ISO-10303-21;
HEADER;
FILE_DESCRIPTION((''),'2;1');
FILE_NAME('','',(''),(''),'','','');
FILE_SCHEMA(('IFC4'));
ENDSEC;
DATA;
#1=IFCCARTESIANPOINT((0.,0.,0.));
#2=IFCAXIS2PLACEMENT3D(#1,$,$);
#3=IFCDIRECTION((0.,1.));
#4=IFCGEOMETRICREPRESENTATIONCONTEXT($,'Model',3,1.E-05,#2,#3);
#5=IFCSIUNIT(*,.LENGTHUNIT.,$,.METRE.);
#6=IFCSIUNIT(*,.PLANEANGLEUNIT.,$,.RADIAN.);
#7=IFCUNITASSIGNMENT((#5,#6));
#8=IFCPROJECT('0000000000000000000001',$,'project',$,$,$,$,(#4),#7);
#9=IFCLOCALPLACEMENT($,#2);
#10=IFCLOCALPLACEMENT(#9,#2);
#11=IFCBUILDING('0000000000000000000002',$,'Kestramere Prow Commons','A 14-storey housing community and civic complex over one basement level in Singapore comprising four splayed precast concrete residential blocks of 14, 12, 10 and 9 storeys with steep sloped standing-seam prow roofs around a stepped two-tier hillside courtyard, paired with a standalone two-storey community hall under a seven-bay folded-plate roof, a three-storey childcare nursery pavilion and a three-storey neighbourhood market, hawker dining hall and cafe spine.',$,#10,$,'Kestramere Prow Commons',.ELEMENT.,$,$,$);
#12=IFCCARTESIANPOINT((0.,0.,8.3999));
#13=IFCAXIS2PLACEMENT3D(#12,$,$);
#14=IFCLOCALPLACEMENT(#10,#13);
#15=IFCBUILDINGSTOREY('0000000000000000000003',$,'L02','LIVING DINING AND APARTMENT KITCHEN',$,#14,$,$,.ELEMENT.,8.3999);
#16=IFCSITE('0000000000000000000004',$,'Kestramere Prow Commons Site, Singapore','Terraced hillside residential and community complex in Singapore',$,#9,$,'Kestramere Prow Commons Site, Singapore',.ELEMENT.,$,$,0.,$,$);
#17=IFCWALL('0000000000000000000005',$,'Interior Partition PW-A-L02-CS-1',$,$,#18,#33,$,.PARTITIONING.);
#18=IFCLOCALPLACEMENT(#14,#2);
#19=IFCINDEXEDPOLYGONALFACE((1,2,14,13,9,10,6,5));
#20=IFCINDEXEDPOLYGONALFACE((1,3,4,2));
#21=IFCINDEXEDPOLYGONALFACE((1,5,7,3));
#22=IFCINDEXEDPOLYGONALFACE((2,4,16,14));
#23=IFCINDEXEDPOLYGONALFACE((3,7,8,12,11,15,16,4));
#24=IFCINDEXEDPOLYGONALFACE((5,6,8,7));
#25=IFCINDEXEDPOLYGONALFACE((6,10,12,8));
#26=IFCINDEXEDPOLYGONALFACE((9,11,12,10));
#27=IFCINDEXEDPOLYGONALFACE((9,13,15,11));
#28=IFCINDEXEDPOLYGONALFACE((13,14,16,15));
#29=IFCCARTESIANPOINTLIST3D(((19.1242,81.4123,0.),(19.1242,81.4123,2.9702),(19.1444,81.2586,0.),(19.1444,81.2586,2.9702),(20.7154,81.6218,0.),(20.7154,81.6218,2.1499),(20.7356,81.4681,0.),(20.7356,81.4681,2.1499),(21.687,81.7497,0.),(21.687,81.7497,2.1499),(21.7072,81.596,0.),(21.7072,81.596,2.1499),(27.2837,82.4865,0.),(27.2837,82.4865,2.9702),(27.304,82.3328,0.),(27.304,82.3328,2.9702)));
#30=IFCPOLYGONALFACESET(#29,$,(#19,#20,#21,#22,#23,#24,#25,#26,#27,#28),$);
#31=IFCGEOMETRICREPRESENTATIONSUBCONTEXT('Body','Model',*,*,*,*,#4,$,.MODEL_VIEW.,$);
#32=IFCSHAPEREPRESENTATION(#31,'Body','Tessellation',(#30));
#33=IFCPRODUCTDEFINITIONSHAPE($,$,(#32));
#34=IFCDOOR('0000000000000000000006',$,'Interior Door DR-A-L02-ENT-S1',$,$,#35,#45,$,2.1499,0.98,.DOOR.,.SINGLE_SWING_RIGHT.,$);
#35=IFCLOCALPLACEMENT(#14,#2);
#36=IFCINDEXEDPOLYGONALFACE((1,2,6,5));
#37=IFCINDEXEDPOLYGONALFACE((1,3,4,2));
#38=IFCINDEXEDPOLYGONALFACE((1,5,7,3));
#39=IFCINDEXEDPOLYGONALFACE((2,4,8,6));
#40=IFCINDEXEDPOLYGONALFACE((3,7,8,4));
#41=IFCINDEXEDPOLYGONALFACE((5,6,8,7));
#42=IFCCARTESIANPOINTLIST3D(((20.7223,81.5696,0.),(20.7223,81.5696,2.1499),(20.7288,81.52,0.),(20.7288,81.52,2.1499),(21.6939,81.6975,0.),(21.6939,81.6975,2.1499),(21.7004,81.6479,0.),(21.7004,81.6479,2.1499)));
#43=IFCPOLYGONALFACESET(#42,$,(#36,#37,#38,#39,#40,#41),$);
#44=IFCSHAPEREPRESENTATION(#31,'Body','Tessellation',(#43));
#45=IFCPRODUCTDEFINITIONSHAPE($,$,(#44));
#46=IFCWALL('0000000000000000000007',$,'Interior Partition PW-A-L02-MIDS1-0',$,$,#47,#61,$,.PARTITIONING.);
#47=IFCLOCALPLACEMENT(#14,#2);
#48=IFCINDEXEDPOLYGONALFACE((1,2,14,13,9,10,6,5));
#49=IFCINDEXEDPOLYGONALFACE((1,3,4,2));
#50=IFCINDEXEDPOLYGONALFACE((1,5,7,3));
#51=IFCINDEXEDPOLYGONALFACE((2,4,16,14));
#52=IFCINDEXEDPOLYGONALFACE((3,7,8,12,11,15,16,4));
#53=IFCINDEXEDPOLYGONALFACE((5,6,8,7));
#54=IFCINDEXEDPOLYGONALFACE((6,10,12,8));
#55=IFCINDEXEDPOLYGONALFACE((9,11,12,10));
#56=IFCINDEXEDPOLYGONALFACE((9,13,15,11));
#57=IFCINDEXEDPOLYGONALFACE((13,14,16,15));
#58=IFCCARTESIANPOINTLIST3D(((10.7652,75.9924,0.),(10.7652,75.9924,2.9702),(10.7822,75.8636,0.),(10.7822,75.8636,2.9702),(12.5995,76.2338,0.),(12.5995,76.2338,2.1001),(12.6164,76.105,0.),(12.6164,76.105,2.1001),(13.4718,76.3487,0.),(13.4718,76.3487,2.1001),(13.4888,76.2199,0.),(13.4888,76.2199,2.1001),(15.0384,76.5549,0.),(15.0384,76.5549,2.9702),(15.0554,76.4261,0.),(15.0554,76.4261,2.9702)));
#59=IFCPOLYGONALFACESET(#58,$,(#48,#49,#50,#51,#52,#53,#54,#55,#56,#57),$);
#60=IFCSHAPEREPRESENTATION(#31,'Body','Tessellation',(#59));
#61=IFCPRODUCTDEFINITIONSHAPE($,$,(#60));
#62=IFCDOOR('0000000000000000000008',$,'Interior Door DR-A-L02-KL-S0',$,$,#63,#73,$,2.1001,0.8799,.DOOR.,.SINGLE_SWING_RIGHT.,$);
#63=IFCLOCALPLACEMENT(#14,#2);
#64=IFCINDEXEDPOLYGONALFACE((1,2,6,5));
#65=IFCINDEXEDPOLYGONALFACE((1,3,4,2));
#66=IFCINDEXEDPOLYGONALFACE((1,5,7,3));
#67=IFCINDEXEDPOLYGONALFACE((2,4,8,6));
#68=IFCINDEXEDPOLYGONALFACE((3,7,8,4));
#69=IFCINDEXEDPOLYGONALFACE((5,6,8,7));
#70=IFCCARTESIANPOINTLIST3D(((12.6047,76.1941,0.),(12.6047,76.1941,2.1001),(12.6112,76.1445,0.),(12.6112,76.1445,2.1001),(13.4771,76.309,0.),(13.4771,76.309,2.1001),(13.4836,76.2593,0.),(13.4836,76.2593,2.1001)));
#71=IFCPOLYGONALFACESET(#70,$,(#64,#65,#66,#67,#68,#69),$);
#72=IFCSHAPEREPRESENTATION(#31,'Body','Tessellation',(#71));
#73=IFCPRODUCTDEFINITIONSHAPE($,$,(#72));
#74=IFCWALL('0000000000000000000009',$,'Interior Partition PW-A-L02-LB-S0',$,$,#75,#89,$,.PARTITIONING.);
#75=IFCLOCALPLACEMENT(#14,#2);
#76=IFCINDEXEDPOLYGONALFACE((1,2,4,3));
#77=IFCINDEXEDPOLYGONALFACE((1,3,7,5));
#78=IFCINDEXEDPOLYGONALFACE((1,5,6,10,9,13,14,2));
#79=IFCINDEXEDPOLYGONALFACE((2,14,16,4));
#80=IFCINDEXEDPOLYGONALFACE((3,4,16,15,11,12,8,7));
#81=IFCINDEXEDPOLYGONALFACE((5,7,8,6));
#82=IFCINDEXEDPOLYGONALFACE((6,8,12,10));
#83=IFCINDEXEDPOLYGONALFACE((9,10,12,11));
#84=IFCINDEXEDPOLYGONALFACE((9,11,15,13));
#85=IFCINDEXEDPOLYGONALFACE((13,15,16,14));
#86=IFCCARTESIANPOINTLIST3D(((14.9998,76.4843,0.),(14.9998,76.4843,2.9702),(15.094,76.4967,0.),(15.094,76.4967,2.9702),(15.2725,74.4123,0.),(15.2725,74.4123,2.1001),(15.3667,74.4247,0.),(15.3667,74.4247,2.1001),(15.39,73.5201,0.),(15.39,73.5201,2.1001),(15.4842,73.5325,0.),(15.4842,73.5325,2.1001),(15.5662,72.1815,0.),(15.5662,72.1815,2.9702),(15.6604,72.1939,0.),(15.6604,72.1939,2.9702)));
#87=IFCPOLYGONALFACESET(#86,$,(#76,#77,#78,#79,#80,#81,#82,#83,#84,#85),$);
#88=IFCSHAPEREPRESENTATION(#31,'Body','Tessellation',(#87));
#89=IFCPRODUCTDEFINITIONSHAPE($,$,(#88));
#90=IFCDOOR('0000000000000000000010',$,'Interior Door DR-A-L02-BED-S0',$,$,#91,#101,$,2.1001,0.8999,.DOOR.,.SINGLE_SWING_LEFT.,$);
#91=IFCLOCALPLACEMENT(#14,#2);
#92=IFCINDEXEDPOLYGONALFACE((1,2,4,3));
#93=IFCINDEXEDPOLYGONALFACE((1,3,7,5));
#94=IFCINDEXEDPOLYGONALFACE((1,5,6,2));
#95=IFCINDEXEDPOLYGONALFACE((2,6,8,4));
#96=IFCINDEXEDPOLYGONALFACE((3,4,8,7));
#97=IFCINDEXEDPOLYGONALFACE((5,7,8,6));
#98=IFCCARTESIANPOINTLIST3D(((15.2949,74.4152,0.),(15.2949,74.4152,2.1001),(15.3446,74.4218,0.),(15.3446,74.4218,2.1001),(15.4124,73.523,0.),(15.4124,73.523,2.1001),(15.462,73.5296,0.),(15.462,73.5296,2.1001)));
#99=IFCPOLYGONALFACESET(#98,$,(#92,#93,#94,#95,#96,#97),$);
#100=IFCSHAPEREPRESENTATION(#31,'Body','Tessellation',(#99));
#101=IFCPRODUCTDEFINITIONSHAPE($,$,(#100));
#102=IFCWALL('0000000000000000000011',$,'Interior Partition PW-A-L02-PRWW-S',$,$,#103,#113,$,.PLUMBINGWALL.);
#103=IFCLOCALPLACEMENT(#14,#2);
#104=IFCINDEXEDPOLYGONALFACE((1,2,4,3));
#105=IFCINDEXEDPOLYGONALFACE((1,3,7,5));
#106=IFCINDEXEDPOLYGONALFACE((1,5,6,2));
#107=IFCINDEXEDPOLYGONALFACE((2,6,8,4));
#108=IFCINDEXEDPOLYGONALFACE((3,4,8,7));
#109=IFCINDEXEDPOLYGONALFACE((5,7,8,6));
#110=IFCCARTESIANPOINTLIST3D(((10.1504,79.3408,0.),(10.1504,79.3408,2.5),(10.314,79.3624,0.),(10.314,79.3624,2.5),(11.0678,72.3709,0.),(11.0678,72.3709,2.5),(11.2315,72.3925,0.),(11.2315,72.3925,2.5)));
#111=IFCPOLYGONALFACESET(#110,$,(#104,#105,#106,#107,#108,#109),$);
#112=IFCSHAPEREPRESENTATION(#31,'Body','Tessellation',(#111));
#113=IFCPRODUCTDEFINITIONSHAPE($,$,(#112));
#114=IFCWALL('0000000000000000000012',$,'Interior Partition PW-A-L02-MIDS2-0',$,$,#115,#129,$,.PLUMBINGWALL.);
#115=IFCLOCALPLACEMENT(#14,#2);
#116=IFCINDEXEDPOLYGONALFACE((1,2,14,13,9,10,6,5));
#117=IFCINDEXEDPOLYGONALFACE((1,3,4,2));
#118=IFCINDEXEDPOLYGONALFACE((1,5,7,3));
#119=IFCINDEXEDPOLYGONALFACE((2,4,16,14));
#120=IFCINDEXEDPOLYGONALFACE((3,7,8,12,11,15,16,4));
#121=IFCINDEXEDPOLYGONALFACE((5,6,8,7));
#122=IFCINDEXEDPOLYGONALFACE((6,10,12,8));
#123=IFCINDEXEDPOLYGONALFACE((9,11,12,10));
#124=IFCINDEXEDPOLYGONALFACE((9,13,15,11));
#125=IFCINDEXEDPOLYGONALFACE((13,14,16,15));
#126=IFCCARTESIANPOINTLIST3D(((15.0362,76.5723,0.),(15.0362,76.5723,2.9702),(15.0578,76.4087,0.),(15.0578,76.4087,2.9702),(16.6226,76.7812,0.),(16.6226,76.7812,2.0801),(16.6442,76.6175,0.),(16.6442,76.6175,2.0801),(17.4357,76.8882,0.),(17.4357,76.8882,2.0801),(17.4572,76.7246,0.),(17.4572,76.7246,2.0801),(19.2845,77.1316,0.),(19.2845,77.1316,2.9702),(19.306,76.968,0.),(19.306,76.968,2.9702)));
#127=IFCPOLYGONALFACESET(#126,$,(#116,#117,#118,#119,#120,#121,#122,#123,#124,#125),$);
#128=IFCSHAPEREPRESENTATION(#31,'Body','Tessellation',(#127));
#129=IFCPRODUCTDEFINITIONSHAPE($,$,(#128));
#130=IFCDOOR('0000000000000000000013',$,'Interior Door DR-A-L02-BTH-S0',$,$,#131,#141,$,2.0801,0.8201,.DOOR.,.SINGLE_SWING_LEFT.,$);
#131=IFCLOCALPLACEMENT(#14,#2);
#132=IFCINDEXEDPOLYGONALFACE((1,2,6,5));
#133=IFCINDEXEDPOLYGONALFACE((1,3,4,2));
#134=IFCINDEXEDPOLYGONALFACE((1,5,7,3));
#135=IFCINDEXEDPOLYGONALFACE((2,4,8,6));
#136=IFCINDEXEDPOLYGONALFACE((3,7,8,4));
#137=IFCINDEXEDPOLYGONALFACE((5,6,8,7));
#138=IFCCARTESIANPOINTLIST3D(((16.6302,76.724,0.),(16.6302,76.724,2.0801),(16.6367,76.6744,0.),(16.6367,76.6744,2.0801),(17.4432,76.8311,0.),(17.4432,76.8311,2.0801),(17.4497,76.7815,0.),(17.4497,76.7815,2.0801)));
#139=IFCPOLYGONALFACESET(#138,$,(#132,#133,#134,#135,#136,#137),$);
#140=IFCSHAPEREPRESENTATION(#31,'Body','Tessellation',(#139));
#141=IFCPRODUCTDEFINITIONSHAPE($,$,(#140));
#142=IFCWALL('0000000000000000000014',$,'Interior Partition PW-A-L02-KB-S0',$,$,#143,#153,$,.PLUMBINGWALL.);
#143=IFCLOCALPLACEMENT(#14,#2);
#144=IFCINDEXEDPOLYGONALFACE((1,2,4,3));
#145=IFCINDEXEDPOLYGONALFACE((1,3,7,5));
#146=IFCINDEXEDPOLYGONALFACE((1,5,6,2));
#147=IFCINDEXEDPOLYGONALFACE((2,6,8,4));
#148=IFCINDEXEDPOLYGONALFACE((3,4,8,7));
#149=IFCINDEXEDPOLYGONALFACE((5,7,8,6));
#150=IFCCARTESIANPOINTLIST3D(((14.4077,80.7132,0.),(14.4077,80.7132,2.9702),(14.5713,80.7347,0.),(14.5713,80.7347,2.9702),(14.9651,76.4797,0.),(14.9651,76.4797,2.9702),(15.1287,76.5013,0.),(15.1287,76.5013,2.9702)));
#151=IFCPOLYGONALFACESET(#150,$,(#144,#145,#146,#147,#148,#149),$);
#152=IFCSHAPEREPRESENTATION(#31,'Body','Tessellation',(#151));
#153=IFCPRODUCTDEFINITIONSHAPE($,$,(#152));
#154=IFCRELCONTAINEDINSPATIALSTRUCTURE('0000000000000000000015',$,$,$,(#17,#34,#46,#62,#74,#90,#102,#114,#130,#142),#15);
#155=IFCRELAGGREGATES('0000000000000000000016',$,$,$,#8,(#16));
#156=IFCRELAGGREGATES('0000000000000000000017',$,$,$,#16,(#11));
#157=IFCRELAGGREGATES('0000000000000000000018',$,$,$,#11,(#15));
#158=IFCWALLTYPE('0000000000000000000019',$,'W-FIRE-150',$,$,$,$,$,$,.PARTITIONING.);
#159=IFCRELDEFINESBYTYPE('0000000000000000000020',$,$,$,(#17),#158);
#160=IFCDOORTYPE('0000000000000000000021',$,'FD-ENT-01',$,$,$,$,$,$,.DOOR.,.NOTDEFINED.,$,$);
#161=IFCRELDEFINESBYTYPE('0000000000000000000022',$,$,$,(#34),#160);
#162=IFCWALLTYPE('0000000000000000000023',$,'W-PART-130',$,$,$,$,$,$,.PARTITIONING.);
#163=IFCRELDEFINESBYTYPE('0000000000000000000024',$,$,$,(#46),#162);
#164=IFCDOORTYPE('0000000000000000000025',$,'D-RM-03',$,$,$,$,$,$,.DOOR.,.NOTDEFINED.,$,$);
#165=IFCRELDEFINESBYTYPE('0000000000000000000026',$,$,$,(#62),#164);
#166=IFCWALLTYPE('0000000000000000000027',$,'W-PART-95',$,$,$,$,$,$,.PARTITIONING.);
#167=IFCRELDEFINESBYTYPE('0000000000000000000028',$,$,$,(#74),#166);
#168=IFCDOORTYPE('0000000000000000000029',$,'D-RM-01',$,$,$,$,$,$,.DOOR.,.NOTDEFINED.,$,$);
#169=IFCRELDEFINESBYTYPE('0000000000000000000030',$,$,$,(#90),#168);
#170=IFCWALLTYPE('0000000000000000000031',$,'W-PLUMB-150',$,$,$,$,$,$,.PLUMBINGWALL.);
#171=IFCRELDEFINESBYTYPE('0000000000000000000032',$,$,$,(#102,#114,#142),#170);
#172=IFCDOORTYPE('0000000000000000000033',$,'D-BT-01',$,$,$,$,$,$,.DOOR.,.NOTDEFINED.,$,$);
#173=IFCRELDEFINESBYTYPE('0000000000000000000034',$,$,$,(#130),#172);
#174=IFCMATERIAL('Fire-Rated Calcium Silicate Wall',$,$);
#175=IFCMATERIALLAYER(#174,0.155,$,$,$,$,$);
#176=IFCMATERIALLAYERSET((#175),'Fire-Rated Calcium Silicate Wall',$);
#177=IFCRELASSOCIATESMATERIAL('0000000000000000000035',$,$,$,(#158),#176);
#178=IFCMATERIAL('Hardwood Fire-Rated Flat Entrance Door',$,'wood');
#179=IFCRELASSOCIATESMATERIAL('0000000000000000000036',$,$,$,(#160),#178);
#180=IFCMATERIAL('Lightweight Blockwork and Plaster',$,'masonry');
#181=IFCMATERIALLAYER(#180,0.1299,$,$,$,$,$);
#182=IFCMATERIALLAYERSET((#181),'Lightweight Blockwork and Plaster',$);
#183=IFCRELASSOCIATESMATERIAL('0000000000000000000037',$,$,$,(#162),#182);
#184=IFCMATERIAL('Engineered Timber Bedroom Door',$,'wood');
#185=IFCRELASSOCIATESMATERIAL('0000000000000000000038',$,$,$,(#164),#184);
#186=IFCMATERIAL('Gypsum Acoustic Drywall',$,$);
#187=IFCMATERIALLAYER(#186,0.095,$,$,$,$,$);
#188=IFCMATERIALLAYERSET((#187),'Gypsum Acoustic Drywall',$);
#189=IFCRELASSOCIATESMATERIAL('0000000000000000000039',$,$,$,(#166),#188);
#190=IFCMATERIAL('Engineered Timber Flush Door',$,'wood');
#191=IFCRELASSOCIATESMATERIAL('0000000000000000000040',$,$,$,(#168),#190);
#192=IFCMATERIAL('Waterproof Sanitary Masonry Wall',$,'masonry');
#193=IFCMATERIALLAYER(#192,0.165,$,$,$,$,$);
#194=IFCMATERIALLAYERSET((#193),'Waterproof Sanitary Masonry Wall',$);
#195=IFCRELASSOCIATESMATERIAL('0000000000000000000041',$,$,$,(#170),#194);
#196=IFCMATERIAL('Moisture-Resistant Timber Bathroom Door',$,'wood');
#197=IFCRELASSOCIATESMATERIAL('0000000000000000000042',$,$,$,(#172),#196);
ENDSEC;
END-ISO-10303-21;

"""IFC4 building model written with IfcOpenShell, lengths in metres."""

from ifc_helpers import new_model, si_unit, direction, frame, frame_2d, origin, place, context, subcontext, project, spatial, rectangle, extrude, material, layer, layer_set, type_object, element, fill, save


model = new_model("IFC4")

# Units and contexts
model_context = context("Model", 3, precision=1e-05, world=origin(), true_north=direction((0.0, 1.0)))
body_context = subcontext(model_context, "Body", "Model", "MODEL_VIEW")
ifc_project = project(units=[si_unit("LENGTHUNIT", "METRE"), si_unit("PLANEANGLEUNIT", "RADIAN")], contexts=[model_context])

# Site, building, storey
site_placement = place(None, origin())
site = spatial("IfcSite", under=ifc_project, at=site_placement, Name="Kestramere Prow Commons Site, Singapore", Description="Terraced hillside residential and community complex in Singapore", LongName="Kestramere Prow Commons Site, Singapore", CompositionType="ELEMENT", RefElevation=0.0)
building_placement = place(site_placement, origin())
building = spatial("IfcBuilding", under=site, at=building_placement, Name="Kestramere Prow Commons", Description="A 14-storey housing community and civic complex over one basement level in Singapore comprising four splayed precast concrete residential blocks of 14, 12, 10 and 9 storeys with steep sloped standing-seam prow roofs around a stepped two-tier hillside courtyard, paired with a standalone two-storey community hall under a seven-bay folded-plate roof, a three-storey childcare nursery pavilion and a three-storey neighbourhood market, hawker dining hall and cafe spine.", LongName="Kestramere Prow Commons", CompositionType="ELEMENT")
storey_placement = place(building_placement, frame((0.0, 0.0, 8.3999)))
storey = spatial("IfcBuildingStorey", under=building, at=storey_placement, Name="L02", Description="LIVING DINING AND APARTMENT KITCHEN", CompositionType="ELEMENT", Elevation=8.3999)

# Walls, openings, doors
ifc_material_1 = material(Name="Fire-Rated Calcium Silicate Wall")
ifc_layer_1 = layer(ifc_material_1, 0.155)
ifc_layer_set_1 = layer_set([ifc_layer_1], Name="Fire-Rated Calcium Silicate Wall")
wall_type_1 = type_object("IfcWallType", Name="W-FIRE-150", PredefinedType="PARTITIONING", material=ifc_layer_set_1)
wall_1_placement = place(storey_placement, frame((19.1343, 81.3354, 0.0), z_axis=(0.0, 0.0, 1.0), x_axis=(0.991445, 0.130524, 0.0)))
wall_1 = element("IfcWall", 1, at=wall_1_placement, inside=storey, type_object=wall_type_1, Name="Interior Partition PW-A-L02-CS-1", PredefinedType="PARTITIONING", context=body_context, shape_type="SweptSolid", body=[
    extrude(rectangle(XDim=8.23, YDim=0.155, at=frame_2d((4.115, 0.0))), origin(), (0.0, 0.0, 1.0), 2.9702),
])
opening_1_placement = place(wall_1_placement, frame((1.605, 0.0, 0.0)))
opening_1 = element("IfcOpeningElement", 2, at=opening_1_placement, cuts=wall_1, PredefinedType="OPENING", context=body_context, shape_type="SweptSolid", body=[
    extrude(rectangle(XDim=0.98, YDim=2.1499, at=frame_2d((0.49, 1.075))), frame((0.0, 0.0925, 0.0), z_axis=(0.0, -1.0, 0.0), x_axis=(1.0, 0.0, 0.0)), (0.0, 0.0, 1.0), 0.1851),
])
ifc_material_2 = material(Name="Hardwood Fire-Rated Flat Entrance Door", Category="wood")
door_type_1 = type_object("IfcDoorType", Name="FD-ENT-01", OperationType="NOTDEFINED", PredefinedType="DOOR", material=ifc_material_2)
door_1_placement = place(opening_1_placement, origin())
door_1 = element("IfcDoor", 3, at=door_1_placement, inside=storey, type_object=door_type_1, Name="Interior Door DR-A-L02-ENT-S1", OperationType="SINGLE_SWING_RIGHT", OverallHeight=2.1499, OverallWidth=0.98, PredefinedType="DOOR", context=body_context, shape_type="SweptSolid", body=[
    extrude(rectangle(XDim=0.98, YDim=2.1499, at=frame_2d((0.49, 1.075))), frame((0.0, 0.0249, 0.0), z_axis=(0.0, -1.0, 0.0), x_axis=(1.0, 0.0, 0.0)), (0.0, 0.0, 1.0), 0.05),
])
fill(opening_1, door_1)
ifc_material_3 = material(Name="Lightweight Blockwork and Plaster", Category="masonry")
ifc_layer_2 = layer(ifc_material_3, 0.1299)
ifc_layer_set_2 = layer_set([ifc_layer_2], Name="Lightweight Blockwork and Plaster")
wall_type_2 = type_object("IfcWallType", Name="W-PART-130", PredefinedType="PARTITIONING", material=ifc_layer_set_2)
wall_2_placement = place(storey_placement, frame((10.7737, 75.928, 0.0), z_axis=(0.0, 0.0, 1.0), x_axis=(0.991447, 0.130509, 0.0)))
wall_2 = element("IfcWall", 4, at=wall_2_placement, inside=storey, type_object=wall_type_2, Name="Interior Partition PW-A-L02-MIDS1-0", PredefinedType="PARTITIONING", context=body_context, shape_type="SweptSolid", body=[
    extrude(rectangle(XDim=4.3101, YDim=0.1299, at=frame_2d((2.155, 0.0))), origin(), (0.0, 0.0, 1.0), 2.9702),
])
opening_2_placement = place(wall_2_placement, frame((1.8501, 0.0, 0.0)))
opening_2 = element("IfcOpeningElement", 5, at=opening_2_placement, cuts=wall_2, PredefinedType="OPENING", context=body_context, shape_type="SweptSolid", body=[
    extrude(rectangle(XDim=0.8799, YDim=2.1001, at=frame_2d((0.4399, 1.05))), frame((0.0, 0.0798, 0.0), z_axis=(0.0, -1.0, 0.0), x_axis=(1.0, 0.0, 0.0)), (0.0, 0.0, 1.0), 0.1599),
])
ifc_material_4 = material(Name="Engineered Timber Bedroom Door", Category="wood")
door_type_2 = type_object("IfcDoorType", Name="D-RM-03", OperationType="NOTDEFINED", PredefinedType="DOOR", material=ifc_material_4)
door_2_placement = place(opening_2_placement, origin())
door_2 = element("IfcDoor", 6, at=door_2_placement, inside=storey, type_object=door_type_2, Name="Interior Door DR-A-L02-KL-S0", OperationType="SINGLE_SWING_RIGHT", OverallHeight=2.1001, OverallWidth=0.8799, PredefinedType="DOOR", context=body_context, shape_type="SweptSolid", body=[
    extrude(rectangle(XDim=0.8799, YDim=2.1001, at=frame_2d((0.4399, 1.05))), frame((0.0, 0.0249, 0.0), z_axis=(0.0, -1.0, 0.0), x_axis=(1.0, 0.0, 0.0)), (0.0, 0.0, 1.0), 0.05),
])
fill(opening_2, door_2)
ifc_material_5 = material(Name="Gypsum Acoustic Drywall")
ifc_layer_3 = layer(ifc_material_5, 0.095)
ifc_layer_set_3 = layer_set([ifc_layer_3], Name="Gypsum Acoustic Drywall")
wall_type_3 = type_object("IfcWallType", Name="W-PART-95", PredefinedType="PARTITIONING", material=ifc_layer_set_3)
wall_3_placement = place(storey_placement, frame((15.6133, 72.1877, 0.0), z_axis=(0.0, 0.0, 1.0), x_axis=(-0.130513, 0.991447, 0.0)))
wall_3 = element("IfcWall", 7, at=wall_3_placement, inside=storey, type_object=wall_type_3, Name="Interior Partition PW-A-L02-LB-S0", PredefinedType="PARTITIONING", context=body_context, shape_type="SweptSolid", body=[
    extrude(rectangle(XDim=4.3398, YDim=0.095, at=frame_2d((2.1699, 0.0))), origin(), (0.0, 0.0, 1.0), 2.9702),
])
opening_3_placement = place(wall_3_placement, frame((1.3501, 0.0, 0.0)))
opening_3 = element("IfcOpeningElement", 8, at=opening_3_placement, cuts=wall_3, PredefinedType="OPENING", context=body_context, shape_type="SweptSolid", body=[
    extrude(rectangle(XDim=0.8999, YDim=2.1001, at=frame_2d((0.45, 1.05))), frame((0.0, 0.0625, 0.0), z_axis=(0.0, -1.0, 0.0), x_axis=(1.0, 0.0, 0.0)), (0.0, 0.0, 1.0), 0.125),
])
ifc_material_6 = material(Name="Engineered Timber Flush Door", Category="wood")
door_type_3 = type_object("IfcDoorType", Name="D-RM-01", OperationType="NOTDEFINED", PredefinedType="DOOR", material=ifc_material_6)
door_3_placement = place(opening_3_placement, origin())
door_3 = element("IfcDoor", 9, at=door_3_placement, inside=storey, type_object=door_type_3, Name="Interior Door DR-A-L02-BED-S0", OperationType="SINGLE_SWING_LEFT", OverallHeight=2.1001, OverallWidth=0.8999, PredefinedType="DOOR", context=body_context, shape_type="SweptSolid", body=[
    extrude(rectangle(XDim=0.8999, YDim=2.1001, at=frame_2d((0.45, 1.05))), frame((0.0, 0.0249, 0.0), z_axis=(0.0, -1.0, 0.0), x_axis=(1.0, 0.0, 0.0)), (0.0, 0.0, 1.0), 0.05),
])
fill(opening_3, door_3)

# Wall
ifc_material_7 = material(Name="Waterproof Sanitary Masonry Wall", Category="masonry")
ifc_layer_4 = layer(ifc_material_7, 0.165)
ifc_layer_set_4 = layer_set([ifc_layer_4], Name="Waterproof Sanitary Masonry Wall")
wall_type_4 = type_object("IfcWallType", Name="W-PLUMB-150", PredefinedType="PLUMBINGWALL", material=ifc_layer_set_4)
wall_4_placement = place(storey_placement, frame((11.1497, 72.3816, 0.0), z_axis=(0.0, 0.0, 1.0), x_axis=(-0.130508, 0.991447, 0.0)))
element("IfcWall", 10, at=wall_4_placement, inside=storey, type_object=wall_type_4, Name="Interior Partition PW-A-L02-PRWW-S", PredefinedType="PLUMBINGWALL", context=body_context, shape_type="SweptSolid", body=[
    extrude(rectangle(XDim=7.03, YDim=0.165, at=frame_2d((3.5151, 0.0))), origin(), (0.0, 0.0, 1.0), 2.5),
])

# Wall, opening, door
wall_5_placement = place(storey_placement, frame((15.0469, 76.4905, 0.0), z_axis=(0.0, 0.0, 1.0), x_axis=(0.991444, 0.130533, 0.0)))
wall_5 = element("IfcWall", 11, at=wall_5_placement, inside=storey, type_object=wall_type_4, Name="Interior Partition PW-A-L02-MIDS2-0", PredefinedType="PLUMBINGWALL", context=body_context, shape_type="SweptSolid", body=[
    extrude(rectangle(XDim=4.2849, YDim=0.165, at=frame_2d((2.1426, 0.0))), origin(), (0.0, 0.0, 1.0), 2.9702),
])
opening_4_placement = place(wall_5_placement, frame((1.6001, 0.0, 0.0)))
opening_4 = element("IfcOpeningElement", 12, at=opening_4_placement, cuts=wall_5, PredefinedType="OPENING", context=body_context, shape_type="SweptSolid", body=[
    extrude(rectangle(XDim=0.8201, YDim=2.0801, at=frame_2d((0.4102, 1.04))), frame((0.0, 0.0974, 0.0), z_axis=(0.0, -1.0, 0.0), x_axis=(1.0, 0.0, 0.0)), (0.0, 0.0, 1.0), 0.1951),
])
ifc_material_8 = material(Name="Moisture-Resistant Timber Bathroom Door", Category="wood")
door_type_4 = type_object("IfcDoorType", Name="D-BT-01", OperationType="NOTDEFINED", PredefinedType="DOOR", material=ifc_material_8)
door_4_placement = place(opening_4_placement, origin())
door_4 = element("IfcDoor", 13, at=door_4_placement, inside=storey, type_object=door_type_4, Name="Interior Door DR-A-L02-BTH-S0", OperationType="SINGLE_SWING_LEFT", OverallHeight=2.0801, OverallWidth=0.8201, PredefinedType="DOOR", context=body_context, shape_type="SweptSolid", body=[
    extrude(rectangle(XDim=0.8201, YDim=2.0801, at=frame_2d((0.4102, 1.04))), frame((0.0, 0.0249, 0.0), z_axis=(0.0, -1.0, 0.0), x_axis=(1.0, 0.0, 0.0)), (0.0, 0.0, 1.0), 0.05),
])
fill(opening_4, door_4)

# Wall
wall_6_placement = place(storey_placement, frame((15.0469, 76.4905, 0.0), z_axis=(0.0, 0.0, 1.0), x_axis=(-0.130534, 0.991444, 0.0)))
element("IfcWall", 14, at=wall_6_placement, inside=storey, type_object=wall_type_4, Name="Interior Partition PW-A-L02-KB-S0", PredefinedType="PLUMBINGWALL", context=body_context, shape_type="SweptSolid", body=[
    extrude(rectangle(XDim=4.27, YDim=0.165, at=frame_2d((2.135, 0.0))), origin(), (0.0, 0.0, 1.0), 2.9702),
])

save(model, "model.ifc")
